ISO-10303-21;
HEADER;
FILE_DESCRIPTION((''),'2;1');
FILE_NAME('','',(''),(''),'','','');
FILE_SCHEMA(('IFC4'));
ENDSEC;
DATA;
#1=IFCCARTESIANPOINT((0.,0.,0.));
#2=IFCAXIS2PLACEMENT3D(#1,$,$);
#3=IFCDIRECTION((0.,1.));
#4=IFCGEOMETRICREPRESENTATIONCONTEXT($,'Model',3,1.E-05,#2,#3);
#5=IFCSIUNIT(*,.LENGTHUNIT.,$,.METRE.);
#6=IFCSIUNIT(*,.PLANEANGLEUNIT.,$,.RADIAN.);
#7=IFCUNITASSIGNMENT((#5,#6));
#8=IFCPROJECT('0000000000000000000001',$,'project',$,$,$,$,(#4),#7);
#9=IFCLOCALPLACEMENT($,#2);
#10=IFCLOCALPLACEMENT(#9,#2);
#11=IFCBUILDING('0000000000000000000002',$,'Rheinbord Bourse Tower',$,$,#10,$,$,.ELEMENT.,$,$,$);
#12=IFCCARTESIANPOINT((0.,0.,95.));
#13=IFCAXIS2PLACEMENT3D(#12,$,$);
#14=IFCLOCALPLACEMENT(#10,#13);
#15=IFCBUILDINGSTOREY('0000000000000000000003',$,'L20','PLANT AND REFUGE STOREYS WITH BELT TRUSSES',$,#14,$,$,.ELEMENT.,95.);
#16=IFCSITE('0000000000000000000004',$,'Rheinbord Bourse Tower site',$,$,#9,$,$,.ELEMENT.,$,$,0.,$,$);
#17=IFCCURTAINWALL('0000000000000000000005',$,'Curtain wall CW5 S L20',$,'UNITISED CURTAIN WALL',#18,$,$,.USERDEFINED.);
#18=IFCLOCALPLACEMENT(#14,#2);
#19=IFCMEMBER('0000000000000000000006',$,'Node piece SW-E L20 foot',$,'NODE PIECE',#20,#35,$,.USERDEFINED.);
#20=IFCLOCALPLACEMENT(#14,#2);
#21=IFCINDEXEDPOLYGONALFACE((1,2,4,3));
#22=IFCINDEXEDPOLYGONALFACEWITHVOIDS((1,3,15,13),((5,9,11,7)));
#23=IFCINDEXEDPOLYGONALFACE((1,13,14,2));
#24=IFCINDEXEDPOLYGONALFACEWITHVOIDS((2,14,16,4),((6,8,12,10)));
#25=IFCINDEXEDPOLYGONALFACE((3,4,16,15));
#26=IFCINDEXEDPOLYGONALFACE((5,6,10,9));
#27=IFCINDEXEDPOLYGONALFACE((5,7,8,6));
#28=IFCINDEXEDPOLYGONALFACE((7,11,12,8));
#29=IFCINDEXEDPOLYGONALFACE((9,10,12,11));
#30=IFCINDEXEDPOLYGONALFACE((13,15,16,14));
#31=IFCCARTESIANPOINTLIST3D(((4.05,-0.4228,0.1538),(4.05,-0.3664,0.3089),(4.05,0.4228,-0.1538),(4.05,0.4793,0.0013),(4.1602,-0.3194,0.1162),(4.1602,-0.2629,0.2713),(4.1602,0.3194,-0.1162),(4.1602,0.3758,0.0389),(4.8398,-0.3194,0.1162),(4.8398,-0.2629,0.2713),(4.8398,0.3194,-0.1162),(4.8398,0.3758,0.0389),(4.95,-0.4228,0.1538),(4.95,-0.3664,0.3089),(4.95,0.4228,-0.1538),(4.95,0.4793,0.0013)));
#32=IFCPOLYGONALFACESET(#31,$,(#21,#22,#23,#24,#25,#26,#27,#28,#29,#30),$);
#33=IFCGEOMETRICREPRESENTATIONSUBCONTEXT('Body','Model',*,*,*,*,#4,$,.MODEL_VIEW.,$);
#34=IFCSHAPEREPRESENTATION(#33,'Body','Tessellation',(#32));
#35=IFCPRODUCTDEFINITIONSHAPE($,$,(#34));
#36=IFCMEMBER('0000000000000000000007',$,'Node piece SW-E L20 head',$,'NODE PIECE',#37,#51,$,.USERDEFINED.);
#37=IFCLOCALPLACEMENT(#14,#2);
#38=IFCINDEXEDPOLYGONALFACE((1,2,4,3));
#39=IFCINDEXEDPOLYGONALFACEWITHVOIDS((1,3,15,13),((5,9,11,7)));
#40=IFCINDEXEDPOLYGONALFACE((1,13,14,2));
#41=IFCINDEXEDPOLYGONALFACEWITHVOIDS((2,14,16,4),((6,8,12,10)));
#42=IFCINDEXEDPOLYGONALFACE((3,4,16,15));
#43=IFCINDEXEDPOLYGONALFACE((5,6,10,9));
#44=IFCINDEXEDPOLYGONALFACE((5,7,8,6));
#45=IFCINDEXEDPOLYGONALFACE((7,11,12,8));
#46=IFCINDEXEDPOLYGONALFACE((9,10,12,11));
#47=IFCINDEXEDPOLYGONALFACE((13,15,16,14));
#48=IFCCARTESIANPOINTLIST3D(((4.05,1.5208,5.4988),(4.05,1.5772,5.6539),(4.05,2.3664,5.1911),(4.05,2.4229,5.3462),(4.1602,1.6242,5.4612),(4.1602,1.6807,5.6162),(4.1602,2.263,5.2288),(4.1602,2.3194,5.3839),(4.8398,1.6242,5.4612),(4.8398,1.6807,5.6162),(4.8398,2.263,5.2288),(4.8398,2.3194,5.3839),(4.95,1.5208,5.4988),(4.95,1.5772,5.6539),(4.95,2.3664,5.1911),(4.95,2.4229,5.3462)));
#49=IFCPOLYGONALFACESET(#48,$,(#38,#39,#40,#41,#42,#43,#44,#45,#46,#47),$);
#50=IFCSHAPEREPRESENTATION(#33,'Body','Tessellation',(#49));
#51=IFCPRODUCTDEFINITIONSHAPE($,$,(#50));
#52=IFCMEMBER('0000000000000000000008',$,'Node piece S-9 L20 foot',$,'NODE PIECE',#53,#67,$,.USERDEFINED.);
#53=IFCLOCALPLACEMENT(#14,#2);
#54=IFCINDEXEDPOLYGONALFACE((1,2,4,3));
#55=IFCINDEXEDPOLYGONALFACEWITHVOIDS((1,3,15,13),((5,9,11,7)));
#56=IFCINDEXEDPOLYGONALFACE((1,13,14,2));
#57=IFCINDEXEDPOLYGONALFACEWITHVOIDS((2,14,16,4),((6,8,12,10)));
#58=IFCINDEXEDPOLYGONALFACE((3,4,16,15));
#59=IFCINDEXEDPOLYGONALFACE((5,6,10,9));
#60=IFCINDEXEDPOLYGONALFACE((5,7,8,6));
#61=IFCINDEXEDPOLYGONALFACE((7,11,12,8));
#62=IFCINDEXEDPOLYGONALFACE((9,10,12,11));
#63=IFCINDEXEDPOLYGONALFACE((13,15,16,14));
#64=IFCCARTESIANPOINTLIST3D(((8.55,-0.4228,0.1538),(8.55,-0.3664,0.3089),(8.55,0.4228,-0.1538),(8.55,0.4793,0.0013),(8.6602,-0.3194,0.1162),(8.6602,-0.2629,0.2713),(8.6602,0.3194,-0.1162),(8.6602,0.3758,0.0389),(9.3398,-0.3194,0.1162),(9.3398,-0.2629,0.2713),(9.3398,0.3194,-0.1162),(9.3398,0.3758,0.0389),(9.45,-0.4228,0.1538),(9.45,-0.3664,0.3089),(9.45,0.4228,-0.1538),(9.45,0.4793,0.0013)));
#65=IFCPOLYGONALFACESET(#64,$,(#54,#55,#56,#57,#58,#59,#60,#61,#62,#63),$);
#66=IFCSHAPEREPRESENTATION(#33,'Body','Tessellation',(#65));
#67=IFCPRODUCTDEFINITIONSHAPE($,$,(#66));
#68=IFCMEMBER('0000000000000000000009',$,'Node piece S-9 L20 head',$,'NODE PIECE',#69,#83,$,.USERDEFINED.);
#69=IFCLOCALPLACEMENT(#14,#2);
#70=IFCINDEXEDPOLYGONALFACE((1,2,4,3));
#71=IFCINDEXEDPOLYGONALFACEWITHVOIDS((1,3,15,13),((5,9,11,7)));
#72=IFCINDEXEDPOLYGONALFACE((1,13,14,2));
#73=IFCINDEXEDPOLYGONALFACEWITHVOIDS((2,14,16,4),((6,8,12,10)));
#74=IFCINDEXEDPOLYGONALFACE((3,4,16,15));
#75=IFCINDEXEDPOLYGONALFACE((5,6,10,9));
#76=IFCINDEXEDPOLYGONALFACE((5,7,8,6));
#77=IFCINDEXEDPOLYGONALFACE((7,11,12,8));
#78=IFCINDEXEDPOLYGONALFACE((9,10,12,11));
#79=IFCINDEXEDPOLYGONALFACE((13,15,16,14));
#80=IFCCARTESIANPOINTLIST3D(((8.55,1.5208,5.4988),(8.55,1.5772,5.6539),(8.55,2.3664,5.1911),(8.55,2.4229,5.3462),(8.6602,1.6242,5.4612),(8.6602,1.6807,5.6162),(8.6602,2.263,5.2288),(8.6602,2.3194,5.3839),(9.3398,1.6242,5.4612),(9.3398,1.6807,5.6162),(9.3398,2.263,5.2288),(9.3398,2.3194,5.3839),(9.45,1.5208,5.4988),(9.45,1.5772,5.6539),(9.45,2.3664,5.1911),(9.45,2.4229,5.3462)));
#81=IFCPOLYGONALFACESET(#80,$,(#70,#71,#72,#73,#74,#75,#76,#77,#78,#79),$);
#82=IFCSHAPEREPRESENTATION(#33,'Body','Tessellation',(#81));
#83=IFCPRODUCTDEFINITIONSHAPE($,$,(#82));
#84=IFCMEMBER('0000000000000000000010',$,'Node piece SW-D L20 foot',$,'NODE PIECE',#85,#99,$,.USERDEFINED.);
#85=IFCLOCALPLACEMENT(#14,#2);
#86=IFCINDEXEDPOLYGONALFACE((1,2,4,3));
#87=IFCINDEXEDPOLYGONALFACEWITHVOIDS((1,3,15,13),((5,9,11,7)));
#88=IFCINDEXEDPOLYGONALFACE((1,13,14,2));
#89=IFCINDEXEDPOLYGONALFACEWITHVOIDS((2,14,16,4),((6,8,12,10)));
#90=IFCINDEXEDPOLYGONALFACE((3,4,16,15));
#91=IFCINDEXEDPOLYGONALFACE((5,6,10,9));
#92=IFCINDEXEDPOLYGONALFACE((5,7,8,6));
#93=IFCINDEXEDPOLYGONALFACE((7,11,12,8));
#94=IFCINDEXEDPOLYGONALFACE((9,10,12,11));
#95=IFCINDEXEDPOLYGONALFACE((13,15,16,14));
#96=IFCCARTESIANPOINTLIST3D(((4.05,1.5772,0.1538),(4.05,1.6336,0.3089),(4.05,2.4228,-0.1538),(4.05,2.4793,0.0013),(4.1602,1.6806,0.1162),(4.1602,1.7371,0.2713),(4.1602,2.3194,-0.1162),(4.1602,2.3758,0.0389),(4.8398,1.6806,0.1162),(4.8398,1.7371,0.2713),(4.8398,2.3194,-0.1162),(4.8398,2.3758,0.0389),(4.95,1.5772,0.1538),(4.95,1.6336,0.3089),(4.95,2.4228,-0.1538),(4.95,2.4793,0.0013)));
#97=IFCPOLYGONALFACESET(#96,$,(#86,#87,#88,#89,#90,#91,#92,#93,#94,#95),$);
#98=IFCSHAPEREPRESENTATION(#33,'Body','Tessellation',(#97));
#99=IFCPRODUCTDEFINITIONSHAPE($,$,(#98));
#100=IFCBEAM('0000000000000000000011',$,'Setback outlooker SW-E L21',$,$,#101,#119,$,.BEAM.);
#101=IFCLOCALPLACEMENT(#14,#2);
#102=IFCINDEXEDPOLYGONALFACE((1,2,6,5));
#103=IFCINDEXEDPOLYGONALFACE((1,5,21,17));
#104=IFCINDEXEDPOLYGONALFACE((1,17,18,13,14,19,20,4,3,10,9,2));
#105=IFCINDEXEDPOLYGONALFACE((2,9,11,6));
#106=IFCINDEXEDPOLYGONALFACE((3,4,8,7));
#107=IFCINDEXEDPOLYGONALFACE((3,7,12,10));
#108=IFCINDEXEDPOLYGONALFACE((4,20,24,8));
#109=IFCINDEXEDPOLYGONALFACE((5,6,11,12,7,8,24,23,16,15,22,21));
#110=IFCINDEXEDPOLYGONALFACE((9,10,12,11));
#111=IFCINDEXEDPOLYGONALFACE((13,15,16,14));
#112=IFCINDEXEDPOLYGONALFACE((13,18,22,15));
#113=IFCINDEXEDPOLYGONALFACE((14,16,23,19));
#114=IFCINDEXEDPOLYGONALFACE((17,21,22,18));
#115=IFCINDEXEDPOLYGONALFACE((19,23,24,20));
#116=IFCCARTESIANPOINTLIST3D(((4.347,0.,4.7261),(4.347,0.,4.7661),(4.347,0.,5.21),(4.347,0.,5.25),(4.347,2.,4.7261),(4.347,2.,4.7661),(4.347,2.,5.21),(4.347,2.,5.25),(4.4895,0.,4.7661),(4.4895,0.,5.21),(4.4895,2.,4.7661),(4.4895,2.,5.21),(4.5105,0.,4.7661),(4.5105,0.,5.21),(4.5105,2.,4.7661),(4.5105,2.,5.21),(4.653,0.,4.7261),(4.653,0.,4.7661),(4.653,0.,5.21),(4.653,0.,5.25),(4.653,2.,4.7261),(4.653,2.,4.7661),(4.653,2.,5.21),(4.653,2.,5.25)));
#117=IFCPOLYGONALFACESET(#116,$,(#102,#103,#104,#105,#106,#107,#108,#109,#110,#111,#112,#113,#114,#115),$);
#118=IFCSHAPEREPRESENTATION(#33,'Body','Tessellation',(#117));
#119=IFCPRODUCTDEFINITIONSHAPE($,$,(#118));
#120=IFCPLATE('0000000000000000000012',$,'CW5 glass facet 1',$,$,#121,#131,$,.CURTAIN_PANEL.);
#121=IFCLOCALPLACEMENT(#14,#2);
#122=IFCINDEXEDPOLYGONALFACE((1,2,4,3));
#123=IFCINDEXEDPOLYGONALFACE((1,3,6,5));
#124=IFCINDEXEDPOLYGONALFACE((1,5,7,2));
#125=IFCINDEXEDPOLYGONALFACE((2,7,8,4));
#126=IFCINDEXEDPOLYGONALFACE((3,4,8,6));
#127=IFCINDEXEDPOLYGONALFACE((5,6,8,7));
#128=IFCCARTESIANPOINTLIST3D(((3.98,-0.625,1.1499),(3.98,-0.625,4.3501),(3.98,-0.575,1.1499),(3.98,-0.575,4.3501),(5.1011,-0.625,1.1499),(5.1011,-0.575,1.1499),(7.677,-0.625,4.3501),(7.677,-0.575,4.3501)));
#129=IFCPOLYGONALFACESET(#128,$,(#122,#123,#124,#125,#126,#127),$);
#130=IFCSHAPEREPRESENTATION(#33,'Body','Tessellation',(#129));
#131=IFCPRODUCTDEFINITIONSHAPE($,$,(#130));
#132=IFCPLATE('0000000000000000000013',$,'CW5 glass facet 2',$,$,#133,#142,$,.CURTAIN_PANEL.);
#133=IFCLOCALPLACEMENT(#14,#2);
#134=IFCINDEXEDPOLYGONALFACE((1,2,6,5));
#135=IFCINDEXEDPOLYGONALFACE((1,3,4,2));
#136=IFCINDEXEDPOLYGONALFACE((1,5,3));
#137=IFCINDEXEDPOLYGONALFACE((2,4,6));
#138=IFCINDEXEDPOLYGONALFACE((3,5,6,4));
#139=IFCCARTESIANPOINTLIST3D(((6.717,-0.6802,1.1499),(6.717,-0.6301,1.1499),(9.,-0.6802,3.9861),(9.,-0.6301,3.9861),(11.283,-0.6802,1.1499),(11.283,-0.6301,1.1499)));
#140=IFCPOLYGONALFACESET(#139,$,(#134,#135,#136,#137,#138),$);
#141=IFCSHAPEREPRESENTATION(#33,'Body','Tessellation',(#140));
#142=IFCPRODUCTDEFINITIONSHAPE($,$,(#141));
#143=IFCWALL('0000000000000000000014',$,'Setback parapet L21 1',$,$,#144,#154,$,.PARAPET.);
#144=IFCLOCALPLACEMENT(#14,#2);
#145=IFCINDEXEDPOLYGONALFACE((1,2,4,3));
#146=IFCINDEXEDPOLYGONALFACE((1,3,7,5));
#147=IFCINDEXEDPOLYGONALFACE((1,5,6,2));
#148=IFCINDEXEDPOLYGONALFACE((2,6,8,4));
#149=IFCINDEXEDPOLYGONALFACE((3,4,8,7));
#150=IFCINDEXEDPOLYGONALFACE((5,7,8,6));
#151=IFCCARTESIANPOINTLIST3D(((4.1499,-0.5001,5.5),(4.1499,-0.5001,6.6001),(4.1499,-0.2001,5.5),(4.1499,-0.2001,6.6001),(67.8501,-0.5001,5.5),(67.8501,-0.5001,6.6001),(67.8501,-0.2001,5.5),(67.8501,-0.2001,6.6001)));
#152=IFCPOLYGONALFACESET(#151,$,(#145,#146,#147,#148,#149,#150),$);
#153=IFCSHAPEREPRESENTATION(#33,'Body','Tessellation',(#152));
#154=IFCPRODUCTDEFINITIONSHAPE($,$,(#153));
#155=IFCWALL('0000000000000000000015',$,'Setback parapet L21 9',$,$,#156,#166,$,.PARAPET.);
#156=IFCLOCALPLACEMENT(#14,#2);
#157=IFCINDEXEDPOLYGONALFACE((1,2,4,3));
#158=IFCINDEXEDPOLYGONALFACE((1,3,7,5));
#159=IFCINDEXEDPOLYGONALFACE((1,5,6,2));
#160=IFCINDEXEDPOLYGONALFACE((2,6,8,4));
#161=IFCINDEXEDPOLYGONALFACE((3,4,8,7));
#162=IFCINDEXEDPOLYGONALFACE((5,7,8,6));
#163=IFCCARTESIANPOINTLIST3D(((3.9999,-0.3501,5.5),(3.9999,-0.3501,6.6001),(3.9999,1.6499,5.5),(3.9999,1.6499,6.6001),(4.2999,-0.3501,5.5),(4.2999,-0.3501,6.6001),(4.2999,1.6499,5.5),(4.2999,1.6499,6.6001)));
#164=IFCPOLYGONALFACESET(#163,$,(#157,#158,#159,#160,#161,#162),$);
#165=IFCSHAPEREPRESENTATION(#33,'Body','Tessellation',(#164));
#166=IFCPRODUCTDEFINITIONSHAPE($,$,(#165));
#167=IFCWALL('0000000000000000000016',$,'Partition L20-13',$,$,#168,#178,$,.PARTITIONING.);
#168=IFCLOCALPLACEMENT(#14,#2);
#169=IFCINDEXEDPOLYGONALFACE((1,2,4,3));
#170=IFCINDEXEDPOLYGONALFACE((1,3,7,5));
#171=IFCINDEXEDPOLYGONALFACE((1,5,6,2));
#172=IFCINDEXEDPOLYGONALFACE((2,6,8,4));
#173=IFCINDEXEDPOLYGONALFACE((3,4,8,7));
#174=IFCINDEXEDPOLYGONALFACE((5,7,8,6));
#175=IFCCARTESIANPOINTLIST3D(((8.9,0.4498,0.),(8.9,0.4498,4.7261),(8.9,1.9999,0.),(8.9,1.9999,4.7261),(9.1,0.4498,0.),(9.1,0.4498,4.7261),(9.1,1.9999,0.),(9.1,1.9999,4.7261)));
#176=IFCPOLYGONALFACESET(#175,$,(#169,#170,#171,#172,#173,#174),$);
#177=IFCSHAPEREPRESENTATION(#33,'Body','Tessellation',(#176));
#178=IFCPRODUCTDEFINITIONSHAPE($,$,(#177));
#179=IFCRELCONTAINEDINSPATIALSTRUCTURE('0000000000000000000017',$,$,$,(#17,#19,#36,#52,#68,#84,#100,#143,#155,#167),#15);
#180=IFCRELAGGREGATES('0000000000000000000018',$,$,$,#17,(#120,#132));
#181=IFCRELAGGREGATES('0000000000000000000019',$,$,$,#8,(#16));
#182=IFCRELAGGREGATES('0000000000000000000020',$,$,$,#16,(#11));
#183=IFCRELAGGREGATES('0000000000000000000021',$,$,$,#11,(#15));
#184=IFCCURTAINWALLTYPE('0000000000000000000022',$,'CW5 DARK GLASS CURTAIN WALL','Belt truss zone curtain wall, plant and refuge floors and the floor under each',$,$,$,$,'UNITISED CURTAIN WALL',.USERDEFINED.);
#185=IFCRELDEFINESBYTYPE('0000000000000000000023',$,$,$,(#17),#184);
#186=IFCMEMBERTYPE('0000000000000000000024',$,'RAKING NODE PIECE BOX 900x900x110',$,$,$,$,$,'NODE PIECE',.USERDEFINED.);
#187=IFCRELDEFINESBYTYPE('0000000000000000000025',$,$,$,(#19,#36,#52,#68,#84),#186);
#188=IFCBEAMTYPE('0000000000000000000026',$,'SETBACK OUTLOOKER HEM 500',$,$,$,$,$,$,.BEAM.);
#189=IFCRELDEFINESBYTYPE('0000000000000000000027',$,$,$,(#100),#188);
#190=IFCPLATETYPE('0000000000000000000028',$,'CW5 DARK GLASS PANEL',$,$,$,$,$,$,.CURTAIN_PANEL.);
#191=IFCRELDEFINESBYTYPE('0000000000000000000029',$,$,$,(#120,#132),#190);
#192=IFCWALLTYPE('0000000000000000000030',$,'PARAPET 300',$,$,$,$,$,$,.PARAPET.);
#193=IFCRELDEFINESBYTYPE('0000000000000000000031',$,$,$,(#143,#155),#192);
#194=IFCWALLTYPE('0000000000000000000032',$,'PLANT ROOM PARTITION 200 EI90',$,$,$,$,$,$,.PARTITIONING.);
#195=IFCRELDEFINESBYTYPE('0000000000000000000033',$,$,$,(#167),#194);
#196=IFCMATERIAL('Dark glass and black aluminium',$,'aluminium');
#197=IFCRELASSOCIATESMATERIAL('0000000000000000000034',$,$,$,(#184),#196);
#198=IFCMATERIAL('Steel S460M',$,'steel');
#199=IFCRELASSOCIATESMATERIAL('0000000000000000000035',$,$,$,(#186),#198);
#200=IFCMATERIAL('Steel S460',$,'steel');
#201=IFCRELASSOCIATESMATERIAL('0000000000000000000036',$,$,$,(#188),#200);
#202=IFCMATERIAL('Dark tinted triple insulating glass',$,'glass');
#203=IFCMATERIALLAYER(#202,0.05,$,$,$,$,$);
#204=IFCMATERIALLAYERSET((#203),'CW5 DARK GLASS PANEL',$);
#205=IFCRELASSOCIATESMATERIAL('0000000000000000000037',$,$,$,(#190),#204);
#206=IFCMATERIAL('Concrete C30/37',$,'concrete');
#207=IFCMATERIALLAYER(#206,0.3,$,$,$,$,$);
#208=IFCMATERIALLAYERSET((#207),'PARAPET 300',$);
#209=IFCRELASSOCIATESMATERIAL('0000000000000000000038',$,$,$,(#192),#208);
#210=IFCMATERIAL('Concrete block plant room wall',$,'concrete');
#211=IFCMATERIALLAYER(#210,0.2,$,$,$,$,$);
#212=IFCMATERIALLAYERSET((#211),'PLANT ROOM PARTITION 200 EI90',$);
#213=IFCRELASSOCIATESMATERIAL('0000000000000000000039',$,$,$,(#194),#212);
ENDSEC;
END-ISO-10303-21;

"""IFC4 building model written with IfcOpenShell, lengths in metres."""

from ifc_helpers import new_model, si_unit, direction, frame, frame_2d, origin, origin_2d, place, context, subcontext, project, spatial, polyline, rectangle, hollow_rectangle, i_section, outline, extrude, material, layer, layer_set, material_profile, profile_set, type_object, element, aggregate, save


model = new_model("IFC4")

# Units and contexts
model_context = context("Model", 3, precision=1e-05, world=origin(), true_north=direction((0.0, 1.0)))
body_context = subcontext(model_context, "Body", "Model", "MODEL_VIEW")
ifc_project = project(units=[si_unit("LENGTHUNIT", "METRE"), si_unit("PLANEANGLEUNIT", "RADIAN")], contexts=[model_context])

# Site, building, storey
site_placement = place(None, origin())
site = spatial("IfcSite", under=ifc_project, at=site_placement, Name="Rheinbord Bourse Tower site", CompositionType="ELEMENT", RefElevation=0.0)
building_placement = place(site_placement, origin())
building = spatial("IfcBuilding", under=site, at=building_placement, Name="Rheinbord Bourse Tower", CompositionType="ELEMENT")
storey_placement = place(building_placement, frame((0.0, 0.0, 95.0)))
storey = spatial("IfcBuildingStorey", under=building, at=storey_placement, Name="L20", Description="PLANT AND REFUGE STOREYS WITH BELT TRUSSES", CompositionType="ELEMENT", Elevation=95.0)

# Curtain wall
ifc_material_1 = material(Name="Dark glass and black aluminium", Category="aluminium")
curtain_wall_type = type_object("IfcCurtainWallType", Name="CW5 DARK GLASS CURTAIN WALL", Description="Belt truss zone curtain wall, plant and refuge floors and the floor under each", ElementType="UNITISED CURTAIN WALL", PredefinedType="USERDEFINED", material=ifc_material_1)
curtain_wall_placement = place(storey_placement, origin())
curtain_wall = element("IfcCurtainWall", 1, at=curtain_wall_placement, inside=storey, type_object=curtain_wall_type, Name="Curtain wall CW5 S L20", ObjectType="UNITISED CURTAIN WALL", PredefinedType="USERDEFINED")

# Members
ifc_material_2 = material(Name="Steel S460M", Category="steel")
ifc_material_profile_1 = material_profile(ifc_material_2, hollow_rectangle(XDim=0.8999, YDim=0.8999, WallThickness=0.1101, at=origin_2d()), Name="BOX 900x900x110")
ifc_profile_set_1 = profile_set([ifc_material_profile_1], Name="Steel S460M")
member_type_1 = type_object("IfcMemberType", Name="RAKING NODE PIECE BOX 900x900x110", ElementType="NODE PIECE", PredefinedType="USERDEFINED", material=ifc_profile_set_1)
for number, where, z_axis, x_axis, name in (
    (2, (4.5, 0.0, 0.0), (0.0, 0.341862, 0.93975), (0.0, -0.93975, 0.341862), "Node piece SW-E L20 foot"),
    (3, (4.5, 1.9436, 5.345), (0.0, 0.341862, 0.93975), (0.0, -0.93975, 0.341862), "Node piece SW-E L20 head"),
    (4, (9.0, 0.0, 0.0), (0.0, 0.341862, 0.93975), (0.0, -0.93975, 0.341862), "Node piece S-9 L20 foot"),
    (5, (9.0, 1.9436, 5.345), (0.0, 0.341862, 0.93975), (0.0, -0.93975, 0.341862), "Node piece S-9 L20 head"),
    (6, (4.5, 2.0, 0.0), (0.0, 0.341862, 0.93975), (0.0, -0.93975, 0.341862), "Node piece SW-D L20 foot"),
):
    element("IfcMember", number, at=place(storey_placement, frame(where, z_axis=z_axis, x_axis=x_axis)), inside=storey, type_object=member_type_1, Name=name, ObjectType="NODE PIECE", PredefinedType="USERDEFINED", context=body_context, shape_type="SweptSolid", body=[
        extrude(hollow_rectangle(XDim=0.8999, YDim=0.8999, WallThickness=0.1101, at=origin_2d()), origin(), (0.0, 0.0, 1.0), 0.165),
    ])

# Beam
ifc_material_3 = material(Name="Steel S460", Category="steel")
ifc_material_profile_2 = material_profile(ifc_material_3, i_section(OverallWidth=0.3059, OverallDepth=0.5239, WebThickness=0.021, FlangeThickness=0.04, at=origin_2d()), Name="HEM 500")
ifc_profile_set_2 = profile_set([ifc_material_profile_2], Name="Steel S460")
beam_type_1 = type_object("IfcBeamType", Name="SETBACK OUTLOOKER HEM 500", PredefinedType="BEAM", material=ifc_profile_set_2)
beam_1_placement = place(storey_placement, frame((4.5, 2.0, 4.988), z_axis=(0.0, -1.0, 0.0), x_axis=(1.0, 0.0, 0.0)))
element("IfcBeam", 7, at=beam_1_placement, inside=storey, type_object=beam_type_1, Name="Setback outlooker SW-E L21", PredefinedType="BEAM", context=body_context, shape_type="SweptSolid", body=[
    extrude(i_section(OverallWidth=0.3059, OverallDepth=0.5239, WebThickness=0.021, FlangeThickness=0.04, at=origin_2d()), origin(), (0.0, 0.0, 1.0), 2.0),
])

# Plates
ifc_material_4 = material(Name="Dark tinted triple insulating glass", Category="glass")
ifc_layer_1 = layer(ifc_material_4, 0.05)
ifc_layer_set_1 = layer_set([ifc_layer_1], Name="CW5 DARK GLASS PANEL")
plate_type = type_object("IfcPlateType", Name="CW5 DARK GLASS PANEL", PredefinedType="CURTAIN_PANEL", material=ifc_layer_set_1)
plate_1_placement = place(storey_placement, frame((3.98, -0.625, 1.1499), z_axis=(0.0, 1.0, 0.0), x_axis=(0.0, 0.0, 1.0)))
plate_1 = element("IfcPlate", 8, at=plate_1_placement, type_object=plate_type, Name="CW5 glass facet 1", PredefinedType="CURTAIN_PANEL", context=body_context, shape_type="SweptSolid", body=[
    extrude(outline(polyline([(0.0, 0.0), (3.2002, 0.0), (3.2002, 3.697), (0.0, 1.1211), (0.0, 0.0)])), origin(), (0.0, 0.0, 1.0), 0.05),
])
plate_2_placement = place(storey_placement, frame((6.717, -0.6802, 1.1499), z_axis=(0.0, 1.0, 0.0), x_axis=(0.627039, 0.0, 0.778988)))
plate_2 = element("IfcPlate", 9, at=plate_2_placement, type_object=plate_type, Name="CW5 glass facet 2", PredefinedType="CURTAIN_PANEL", context=body_context, shape_type="SweptSolid", body=[
    extrude(outline(polyline([(0.0, 0.0), (3.6409, 0.0), (2.863, 3.5569), (0.0, 0.0)])), origin(), (0.0, 0.0, 1.0), 0.05),
])
aggregate(curtain_wall, [plate_1, plate_2])

# Walls
ifc_material_5 = material(Name="Concrete C30/37", Category="concrete")
ifc_layer_2 = layer(ifc_material_5, 0.3)
ifc_layer_set_2 = layer_set([ifc_layer_2], Name="PARAPET 300")
wall_type_1 = type_object("IfcWallType", Name="PARAPET 300", PredefinedType="PARAPET", material=ifc_layer_set_2)
wall_1_placement = place(storey_placement, frame((4.1499, -0.3501, 5.5), z_axis=(0.0, 0.0, 1.0), x_axis=(1.0, 0.0, 0.0)))
element("IfcWall", 10, at=wall_1_placement, inside=storey, type_object=wall_type_1, Name="Setback parapet L21 1", PredefinedType="PARAPET", context=body_context, shape_type="SweptSolid", body=[
    extrude(rectangle(XDim=63.7002, YDim=0.3, at=frame_2d((31.8501, 0.0))), origin(), (0.0, 0.0, 1.0), 1.1001),
])
wall_2_placement = place(storey_placement, frame((4.1499, 1.6499, 5.5), z_axis=(0.0, 0.0, 1.0), x_axis=(0.0, -1.0, 0.0)))
element("IfcWall", 11, at=wall_2_placement, inside=storey, type_object=wall_type_1, Name="Setback parapet L21 9", PredefinedType="PARAPET", context=body_context, shape_type="SweptSolid", body=[
    extrude(rectangle(XDim=2.0, YDim=0.3, at=frame_2d((1.0, 0.0))), origin(), (0.0, 0.0, 1.0), 1.1001),
])
ifc_material_6 = material(Name="Concrete block plant room wall", Category="concrete")
ifc_layer_3 = layer(ifc_material_6, 0.2)
ifc_layer_set_3 = layer_set([ifc_layer_3], Name="PLANT ROOM PARTITION 200 EI90")
wall_type_2 = type_object("IfcWallType", Name="PLANT ROOM PARTITION 200 EI90", PredefinedType="PARTITIONING", material=ifc_layer_set_3)
wall_3_placement = place(storey_placement, frame((9.0, 0.45, 0.0), z_axis=(0.0, 0.0, 1.0), x_axis=(0.0, 1.0, 0.0)))
element("IfcWall", 12, at=wall_3_placement, inside=storey, type_object=wall_type_2, Name="Partition L20-13", PredefinedType="PARTITIONING", context=body_context, shape_type="SweptSolid", body=[
    extrude(rectangle(XDim=1.55, YDim=0.2, at=frame_2d((0.7749, 0.0))), origin(), (0.0, 0.0, 1.0), 4.7261),
])

save(model, "model.ifc")
